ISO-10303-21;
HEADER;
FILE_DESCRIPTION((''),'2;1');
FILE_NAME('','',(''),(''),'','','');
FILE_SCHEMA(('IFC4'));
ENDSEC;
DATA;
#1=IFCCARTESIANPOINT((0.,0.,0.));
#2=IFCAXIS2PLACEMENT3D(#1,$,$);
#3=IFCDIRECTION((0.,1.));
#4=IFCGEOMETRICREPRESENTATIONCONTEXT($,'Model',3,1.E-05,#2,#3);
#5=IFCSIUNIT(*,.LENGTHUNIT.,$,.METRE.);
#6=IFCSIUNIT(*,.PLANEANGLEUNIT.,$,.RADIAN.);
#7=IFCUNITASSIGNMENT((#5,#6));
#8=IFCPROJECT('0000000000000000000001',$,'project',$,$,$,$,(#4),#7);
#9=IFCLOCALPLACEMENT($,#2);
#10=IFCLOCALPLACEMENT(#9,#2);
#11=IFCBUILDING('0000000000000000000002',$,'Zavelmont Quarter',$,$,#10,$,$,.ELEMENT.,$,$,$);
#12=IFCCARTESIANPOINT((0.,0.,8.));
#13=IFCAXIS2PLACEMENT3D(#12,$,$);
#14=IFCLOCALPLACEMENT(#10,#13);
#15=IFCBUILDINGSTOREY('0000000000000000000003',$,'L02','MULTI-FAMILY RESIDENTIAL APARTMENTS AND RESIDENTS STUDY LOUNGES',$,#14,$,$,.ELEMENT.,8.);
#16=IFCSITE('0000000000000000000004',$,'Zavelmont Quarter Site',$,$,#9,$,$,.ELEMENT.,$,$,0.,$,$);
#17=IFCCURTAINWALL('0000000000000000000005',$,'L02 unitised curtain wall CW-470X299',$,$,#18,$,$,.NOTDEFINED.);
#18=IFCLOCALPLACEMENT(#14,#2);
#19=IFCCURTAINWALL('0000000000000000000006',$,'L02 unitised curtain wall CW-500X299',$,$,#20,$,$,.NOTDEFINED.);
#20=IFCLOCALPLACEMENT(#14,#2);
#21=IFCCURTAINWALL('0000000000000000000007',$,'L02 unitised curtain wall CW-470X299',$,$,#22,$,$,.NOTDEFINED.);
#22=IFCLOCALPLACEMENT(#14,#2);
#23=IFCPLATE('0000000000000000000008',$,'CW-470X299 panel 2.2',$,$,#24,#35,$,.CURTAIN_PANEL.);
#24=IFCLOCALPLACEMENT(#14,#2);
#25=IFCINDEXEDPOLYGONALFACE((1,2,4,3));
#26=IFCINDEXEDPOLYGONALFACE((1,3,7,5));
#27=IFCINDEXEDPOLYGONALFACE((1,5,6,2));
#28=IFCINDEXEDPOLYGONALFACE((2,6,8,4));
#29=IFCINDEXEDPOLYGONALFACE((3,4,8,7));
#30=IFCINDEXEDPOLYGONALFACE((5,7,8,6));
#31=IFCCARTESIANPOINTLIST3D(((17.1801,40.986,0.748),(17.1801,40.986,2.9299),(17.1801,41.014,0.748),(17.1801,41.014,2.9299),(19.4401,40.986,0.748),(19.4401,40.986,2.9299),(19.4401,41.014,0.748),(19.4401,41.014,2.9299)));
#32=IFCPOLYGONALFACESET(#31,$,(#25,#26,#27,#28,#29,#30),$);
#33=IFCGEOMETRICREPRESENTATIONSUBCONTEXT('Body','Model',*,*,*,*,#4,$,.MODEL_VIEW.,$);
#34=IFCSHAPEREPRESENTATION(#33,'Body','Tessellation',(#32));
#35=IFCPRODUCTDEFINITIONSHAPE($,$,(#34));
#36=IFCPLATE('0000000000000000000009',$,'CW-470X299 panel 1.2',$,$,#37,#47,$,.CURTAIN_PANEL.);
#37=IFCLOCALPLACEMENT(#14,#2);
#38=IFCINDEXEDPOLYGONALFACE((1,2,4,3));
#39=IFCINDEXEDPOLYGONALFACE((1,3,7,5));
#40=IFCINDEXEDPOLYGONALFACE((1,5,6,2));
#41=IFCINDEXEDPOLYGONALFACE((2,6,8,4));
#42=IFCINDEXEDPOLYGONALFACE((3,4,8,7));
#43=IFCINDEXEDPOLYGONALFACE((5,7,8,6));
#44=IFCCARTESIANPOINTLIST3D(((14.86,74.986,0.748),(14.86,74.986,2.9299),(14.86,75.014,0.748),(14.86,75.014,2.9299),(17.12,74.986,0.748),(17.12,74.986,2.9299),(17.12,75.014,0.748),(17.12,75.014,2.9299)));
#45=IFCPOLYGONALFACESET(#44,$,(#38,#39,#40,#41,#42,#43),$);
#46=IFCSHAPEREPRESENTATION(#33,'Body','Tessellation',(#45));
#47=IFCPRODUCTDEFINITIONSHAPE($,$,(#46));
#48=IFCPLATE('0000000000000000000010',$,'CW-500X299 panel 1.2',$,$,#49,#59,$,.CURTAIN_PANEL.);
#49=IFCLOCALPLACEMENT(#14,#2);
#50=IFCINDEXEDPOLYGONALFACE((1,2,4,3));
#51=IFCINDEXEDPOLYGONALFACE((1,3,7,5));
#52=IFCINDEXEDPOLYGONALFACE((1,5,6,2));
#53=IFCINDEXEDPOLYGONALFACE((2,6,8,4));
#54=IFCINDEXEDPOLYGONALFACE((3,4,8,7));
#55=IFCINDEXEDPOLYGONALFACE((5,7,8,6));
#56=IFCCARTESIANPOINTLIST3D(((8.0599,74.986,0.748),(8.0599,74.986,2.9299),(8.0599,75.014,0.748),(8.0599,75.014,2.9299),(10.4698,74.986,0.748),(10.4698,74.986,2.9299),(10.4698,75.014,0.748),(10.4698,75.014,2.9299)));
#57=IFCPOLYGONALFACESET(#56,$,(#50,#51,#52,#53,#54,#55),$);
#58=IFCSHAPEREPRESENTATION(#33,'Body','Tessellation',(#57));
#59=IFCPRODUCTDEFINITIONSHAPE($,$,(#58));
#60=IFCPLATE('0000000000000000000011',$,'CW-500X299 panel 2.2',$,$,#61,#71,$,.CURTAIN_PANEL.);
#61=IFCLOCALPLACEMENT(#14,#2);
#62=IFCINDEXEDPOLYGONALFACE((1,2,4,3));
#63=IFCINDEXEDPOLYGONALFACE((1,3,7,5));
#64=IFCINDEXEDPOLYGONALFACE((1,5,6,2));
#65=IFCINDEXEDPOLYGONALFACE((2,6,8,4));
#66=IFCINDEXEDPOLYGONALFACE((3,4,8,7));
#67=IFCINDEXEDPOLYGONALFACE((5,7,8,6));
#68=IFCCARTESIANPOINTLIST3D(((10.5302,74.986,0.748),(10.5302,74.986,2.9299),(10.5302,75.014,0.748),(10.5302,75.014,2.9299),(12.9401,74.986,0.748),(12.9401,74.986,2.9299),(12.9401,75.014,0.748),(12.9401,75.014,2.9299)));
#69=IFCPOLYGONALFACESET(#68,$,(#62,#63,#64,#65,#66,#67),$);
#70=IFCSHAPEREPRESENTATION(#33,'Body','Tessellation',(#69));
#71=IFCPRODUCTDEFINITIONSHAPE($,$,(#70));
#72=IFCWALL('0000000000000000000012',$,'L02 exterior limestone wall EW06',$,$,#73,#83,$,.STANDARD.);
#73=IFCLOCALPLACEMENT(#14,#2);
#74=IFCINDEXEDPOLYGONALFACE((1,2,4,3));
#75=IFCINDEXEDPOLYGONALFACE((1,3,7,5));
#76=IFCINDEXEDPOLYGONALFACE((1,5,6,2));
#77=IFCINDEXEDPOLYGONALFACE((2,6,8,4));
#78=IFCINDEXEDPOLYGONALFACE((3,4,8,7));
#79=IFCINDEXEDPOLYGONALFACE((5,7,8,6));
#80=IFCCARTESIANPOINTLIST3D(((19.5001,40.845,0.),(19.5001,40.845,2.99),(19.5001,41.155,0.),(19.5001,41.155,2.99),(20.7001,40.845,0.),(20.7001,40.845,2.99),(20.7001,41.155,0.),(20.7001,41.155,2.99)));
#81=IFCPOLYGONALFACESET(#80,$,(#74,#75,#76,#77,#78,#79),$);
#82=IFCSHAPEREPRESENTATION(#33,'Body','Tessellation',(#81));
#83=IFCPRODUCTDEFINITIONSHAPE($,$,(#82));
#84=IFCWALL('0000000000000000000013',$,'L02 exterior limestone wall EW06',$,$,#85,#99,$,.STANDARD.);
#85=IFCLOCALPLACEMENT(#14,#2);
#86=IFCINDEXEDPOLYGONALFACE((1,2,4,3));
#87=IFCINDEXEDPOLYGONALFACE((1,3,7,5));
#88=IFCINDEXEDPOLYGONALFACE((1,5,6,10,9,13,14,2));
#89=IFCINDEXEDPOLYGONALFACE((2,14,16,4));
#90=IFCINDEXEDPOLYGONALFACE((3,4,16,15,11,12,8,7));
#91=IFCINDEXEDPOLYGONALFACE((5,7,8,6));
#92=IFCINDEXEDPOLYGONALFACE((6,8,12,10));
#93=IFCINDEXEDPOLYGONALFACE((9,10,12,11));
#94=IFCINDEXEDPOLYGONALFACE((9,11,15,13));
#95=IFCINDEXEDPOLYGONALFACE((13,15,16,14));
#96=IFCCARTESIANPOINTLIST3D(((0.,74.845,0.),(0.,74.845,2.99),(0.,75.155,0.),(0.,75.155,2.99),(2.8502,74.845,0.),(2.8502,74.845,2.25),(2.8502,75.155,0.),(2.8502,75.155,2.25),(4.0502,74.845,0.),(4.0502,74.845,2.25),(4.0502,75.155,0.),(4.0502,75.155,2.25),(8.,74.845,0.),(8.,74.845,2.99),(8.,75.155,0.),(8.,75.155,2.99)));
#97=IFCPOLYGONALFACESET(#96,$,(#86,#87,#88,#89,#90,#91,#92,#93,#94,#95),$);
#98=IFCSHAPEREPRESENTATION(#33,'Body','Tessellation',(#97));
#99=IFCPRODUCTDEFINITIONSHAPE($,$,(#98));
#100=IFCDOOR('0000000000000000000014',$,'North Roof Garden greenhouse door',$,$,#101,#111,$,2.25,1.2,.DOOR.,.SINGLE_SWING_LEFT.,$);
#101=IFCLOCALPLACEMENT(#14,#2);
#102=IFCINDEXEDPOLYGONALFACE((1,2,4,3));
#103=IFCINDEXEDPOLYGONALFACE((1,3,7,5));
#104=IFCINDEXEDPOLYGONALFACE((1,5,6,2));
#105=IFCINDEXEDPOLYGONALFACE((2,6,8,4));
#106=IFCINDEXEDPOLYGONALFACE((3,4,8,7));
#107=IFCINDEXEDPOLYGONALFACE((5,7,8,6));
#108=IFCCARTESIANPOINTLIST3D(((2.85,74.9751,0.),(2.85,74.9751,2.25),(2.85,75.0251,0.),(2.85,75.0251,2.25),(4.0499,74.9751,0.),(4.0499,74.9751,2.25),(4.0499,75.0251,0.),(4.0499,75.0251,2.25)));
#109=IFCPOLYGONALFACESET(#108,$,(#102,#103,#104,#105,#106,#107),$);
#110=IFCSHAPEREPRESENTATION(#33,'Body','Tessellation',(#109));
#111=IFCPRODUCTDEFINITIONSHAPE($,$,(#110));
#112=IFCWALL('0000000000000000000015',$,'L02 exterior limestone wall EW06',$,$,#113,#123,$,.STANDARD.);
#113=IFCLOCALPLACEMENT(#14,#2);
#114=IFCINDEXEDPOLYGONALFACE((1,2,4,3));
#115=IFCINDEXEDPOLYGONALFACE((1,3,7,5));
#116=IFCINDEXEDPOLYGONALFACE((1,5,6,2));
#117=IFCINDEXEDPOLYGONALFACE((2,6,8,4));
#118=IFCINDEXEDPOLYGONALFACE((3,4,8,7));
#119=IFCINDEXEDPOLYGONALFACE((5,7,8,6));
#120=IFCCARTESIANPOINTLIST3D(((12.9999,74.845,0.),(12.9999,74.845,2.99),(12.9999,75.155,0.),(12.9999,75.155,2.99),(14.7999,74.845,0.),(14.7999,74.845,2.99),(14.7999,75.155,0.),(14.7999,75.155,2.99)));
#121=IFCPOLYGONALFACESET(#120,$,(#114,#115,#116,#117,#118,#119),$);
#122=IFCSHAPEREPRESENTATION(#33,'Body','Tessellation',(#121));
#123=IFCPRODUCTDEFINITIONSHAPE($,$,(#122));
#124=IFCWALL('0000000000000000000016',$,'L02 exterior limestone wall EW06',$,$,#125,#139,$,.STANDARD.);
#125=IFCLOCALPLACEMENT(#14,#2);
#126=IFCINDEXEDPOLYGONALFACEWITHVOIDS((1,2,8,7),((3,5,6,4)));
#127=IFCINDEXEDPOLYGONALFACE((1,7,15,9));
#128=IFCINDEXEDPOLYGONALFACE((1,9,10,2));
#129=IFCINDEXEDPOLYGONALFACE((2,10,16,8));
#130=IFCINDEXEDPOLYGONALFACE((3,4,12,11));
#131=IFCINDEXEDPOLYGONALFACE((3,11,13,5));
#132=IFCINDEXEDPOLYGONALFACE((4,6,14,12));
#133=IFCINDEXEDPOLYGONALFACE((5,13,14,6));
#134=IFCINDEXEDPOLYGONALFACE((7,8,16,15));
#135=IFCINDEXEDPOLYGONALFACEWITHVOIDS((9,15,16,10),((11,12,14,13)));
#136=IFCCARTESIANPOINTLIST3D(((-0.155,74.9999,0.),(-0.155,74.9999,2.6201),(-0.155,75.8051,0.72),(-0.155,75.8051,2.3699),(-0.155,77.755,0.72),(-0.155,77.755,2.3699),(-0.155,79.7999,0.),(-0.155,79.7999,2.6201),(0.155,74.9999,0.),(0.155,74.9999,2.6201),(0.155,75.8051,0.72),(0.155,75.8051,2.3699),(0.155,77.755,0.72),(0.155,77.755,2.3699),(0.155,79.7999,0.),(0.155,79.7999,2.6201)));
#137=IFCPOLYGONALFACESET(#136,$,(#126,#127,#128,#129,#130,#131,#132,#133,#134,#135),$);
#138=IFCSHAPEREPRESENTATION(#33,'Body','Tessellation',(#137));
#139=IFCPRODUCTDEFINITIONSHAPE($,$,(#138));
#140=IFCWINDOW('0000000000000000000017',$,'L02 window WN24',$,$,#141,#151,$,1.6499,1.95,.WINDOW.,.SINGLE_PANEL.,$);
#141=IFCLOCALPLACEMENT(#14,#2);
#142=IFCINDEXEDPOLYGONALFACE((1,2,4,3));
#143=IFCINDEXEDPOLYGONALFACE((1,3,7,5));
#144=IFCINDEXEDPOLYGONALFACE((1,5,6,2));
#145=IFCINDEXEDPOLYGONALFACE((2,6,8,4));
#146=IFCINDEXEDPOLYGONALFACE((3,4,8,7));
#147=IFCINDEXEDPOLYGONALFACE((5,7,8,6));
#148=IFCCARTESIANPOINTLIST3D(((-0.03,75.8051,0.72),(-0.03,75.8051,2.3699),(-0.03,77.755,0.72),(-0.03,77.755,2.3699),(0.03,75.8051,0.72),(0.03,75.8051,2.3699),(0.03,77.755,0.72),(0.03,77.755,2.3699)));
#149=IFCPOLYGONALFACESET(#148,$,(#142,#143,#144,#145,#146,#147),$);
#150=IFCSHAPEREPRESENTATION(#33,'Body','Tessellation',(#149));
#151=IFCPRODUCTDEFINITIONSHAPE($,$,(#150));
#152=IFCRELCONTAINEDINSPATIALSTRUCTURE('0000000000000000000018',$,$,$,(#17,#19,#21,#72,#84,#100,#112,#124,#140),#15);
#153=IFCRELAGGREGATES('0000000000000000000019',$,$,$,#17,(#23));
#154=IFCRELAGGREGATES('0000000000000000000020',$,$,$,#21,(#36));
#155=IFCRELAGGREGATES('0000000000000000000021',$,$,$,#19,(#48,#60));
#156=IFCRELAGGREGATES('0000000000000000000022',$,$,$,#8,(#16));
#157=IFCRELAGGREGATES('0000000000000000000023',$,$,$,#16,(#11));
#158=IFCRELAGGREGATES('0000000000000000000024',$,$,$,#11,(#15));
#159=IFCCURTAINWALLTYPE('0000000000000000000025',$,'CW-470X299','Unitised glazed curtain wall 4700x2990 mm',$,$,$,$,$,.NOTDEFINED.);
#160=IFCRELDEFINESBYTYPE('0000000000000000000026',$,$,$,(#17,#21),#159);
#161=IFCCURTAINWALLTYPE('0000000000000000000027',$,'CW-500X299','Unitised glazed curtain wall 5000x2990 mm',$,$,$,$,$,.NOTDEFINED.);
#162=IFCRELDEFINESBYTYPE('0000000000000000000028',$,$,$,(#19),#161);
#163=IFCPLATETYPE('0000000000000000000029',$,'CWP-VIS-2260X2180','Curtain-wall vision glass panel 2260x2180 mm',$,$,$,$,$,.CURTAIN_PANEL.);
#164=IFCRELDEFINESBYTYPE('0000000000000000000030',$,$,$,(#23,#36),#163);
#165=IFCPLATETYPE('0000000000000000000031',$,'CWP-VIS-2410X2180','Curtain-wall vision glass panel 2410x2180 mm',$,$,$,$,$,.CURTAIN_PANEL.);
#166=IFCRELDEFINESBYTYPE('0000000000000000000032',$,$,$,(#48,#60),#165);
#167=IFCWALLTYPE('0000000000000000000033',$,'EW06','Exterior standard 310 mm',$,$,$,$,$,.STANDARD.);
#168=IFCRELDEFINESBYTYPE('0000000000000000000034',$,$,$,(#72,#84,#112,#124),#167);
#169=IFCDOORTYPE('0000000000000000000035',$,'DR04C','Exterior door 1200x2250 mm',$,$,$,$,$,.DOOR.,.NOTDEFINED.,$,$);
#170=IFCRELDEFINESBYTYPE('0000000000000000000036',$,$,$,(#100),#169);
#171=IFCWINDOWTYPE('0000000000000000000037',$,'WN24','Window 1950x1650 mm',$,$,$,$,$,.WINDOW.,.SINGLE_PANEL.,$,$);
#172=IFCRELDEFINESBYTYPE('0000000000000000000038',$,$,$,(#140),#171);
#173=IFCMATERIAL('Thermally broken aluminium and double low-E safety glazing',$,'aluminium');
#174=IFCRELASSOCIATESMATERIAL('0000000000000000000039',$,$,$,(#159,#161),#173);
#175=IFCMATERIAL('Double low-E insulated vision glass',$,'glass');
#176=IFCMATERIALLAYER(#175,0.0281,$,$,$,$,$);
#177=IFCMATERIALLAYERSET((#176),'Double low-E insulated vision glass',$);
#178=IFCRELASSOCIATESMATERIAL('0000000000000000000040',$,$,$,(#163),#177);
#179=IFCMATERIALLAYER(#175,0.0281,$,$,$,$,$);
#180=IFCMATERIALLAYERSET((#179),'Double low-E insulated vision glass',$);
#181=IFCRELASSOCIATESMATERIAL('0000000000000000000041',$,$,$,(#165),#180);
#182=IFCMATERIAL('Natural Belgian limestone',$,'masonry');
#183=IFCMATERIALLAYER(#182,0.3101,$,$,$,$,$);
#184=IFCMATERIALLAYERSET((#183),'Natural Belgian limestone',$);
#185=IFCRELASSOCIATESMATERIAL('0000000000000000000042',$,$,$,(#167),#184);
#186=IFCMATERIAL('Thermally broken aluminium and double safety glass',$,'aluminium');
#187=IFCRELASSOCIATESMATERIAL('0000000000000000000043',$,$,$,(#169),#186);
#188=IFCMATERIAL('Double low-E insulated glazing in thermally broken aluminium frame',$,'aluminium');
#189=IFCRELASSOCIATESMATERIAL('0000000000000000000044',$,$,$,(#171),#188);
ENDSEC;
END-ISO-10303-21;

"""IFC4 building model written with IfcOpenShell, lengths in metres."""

from ifc_helpers import new_model, si_unit, direction, frame, frame_2d, origin, origin_with_axes, origin_2d, place, context, subcontext, project, spatial, rectangle, extrude, material, layer, layer_set, type_object, element, fill, aggregate, save


model = new_model("IFC4")

# Units and contexts
model_context = context("Model", 3, precision=1e-05, world=origin(), true_north=direction((0.0, 1.0)))
body_context = subcontext(model_context, "Body", "Model", "MODEL_VIEW")
ifc_project = project(units=[si_unit("LENGTHUNIT", "METRE"), si_unit("PLANEANGLEUNIT", "RADIAN")], contexts=[model_context])

# Site, building, storey
site_placement = place(None, origin())
site = spatial("IfcSite", under=ifc_project, at=site_placement, Name="Zavelmont Quarter Site", CompositionType="ELEMENT", RefElevation=0.0)
building_placement = place(site_placement, origin())
building = spatial("IfcBuilding", under=site, at=building_placement, Name="Zavelmont Quarter", CompositionType="ELEMENT")
storey_placement = place(building_placement, frame((0.0, 0.0, 8.0)))
storey = spatial("IfcBuildingStorey", under=building, at=storey_placement, Name="L02", Description="MULTI-FAMILY RESIDENTIAL APARTMENTS AND RESIDENTS STUDY LOUNGES", CompositionType="ELEMENT", Elevation=8.0)

# Curtain wall
ifc_material_1 = material(Name="Thermally broken aluminium and double low-E safety glazing", Category="aluminium")
curtain_wall_type_1 = type_object("IfcCurtainWallType", Name="CW-470X299", Description="Unitised glazed curtain wall 4700x2990 mm", PredefinedType="NOTDEFINED", material=ifc_material_1)
curtain_wall_1_placement = place(storey_placement, origin())
curtain_wall_1 = element("IfcCurtainWall", 1, at=curtain_wall_1_placement, inside=storey, type_object=curtain_wall_type_1, Name="L02 unitised curtain wall CW-470X299", PredefinedType="NOTDEFINED")

# Curtain walls
curtain_wall_type_2 = type_object("IfcCurtainWallType", Name="CW-500X299", Description="Unitised glazed curtain wall 5000x2990 mm", PredefinedType="NOTDEFINED", material=ifc_material_1)
curtain_wall_2_placement = place(storey_placement, origin())
curtain_wall_2 = element("IfcCurtainWall", 2, at=curtain_wall_2_placement, inside=storey, type_object=curtain_wall_type_2, Name="L02 unitised curtain wall CW-500X299", PredefinedType="NOTDEFINED")
curtain_wall_3_placement = place(storey_placement, origin())
curtain_wall_3 = element("IfcCurtainWall", 3, at=curtain_wall_3_placement, inside=storey, type_object=curtain_wall_type_1, Name="L02 unitised curtain wall CW-470X299", PredefinedType="NOTDEFINED")

# Plates
ifc_material_2 = material(Name="Double low-E insulated vision glass", Category="glass")
ifc_layer_1 = layer(ifc_material_2, 0.0281)
ifc_layer_set_1 = layer_set([ifc_layer_1], Name="Double low-E insulated vision glass")
plate_type_1 = type_object("IfcPlateType", Name="CWP-VIS-2260X2180", Description="Curtain-wall vision glass panel 2260x2180 mm", PredefinedType="CURTAIN_PANEL", material=ifc_layer_set_1)
plate_1_placement = place(storey_placement, frame((18.3101, 41.0, 0.748), z_axis=(0.0, 0.0, 1.0), x_axis=(1.0, 0.0, 0.0)))
plate_1 = element("IfcPlate", 4, at=plate_1_placement, type_object=plate_type_1, Name="CW-470X299 panel 2.2", PredefinedType="CURTAIN_PANEL", context=body_context, shape_type="SweptSolid", body=[
    extrude(rectangle(XDim=2.26, YDim=0.0281, at=origin_2d()), origin(), (0.0, 0.0, 1.0), 2.1819),
])
aggregate(curtain_wall_1, [plate_1])
plate_2_placement = place(storey_placement, frame((15.99, 75.0, 0.748), z_axis=(0.0, 0.0, 1.0), x_axis=(1.0, 0.0, 0.0)))
plate_2 = element("IfcPlate", 5, at=plate_2_placement, type_object=plate_type_1, Name="CW-470X299 panel 1.2", PredefinedType="CURTAIN_PANEL", context=body_context, shape_type="SweptSolid", body=[
    extrude(rectangle(XDim=2.26, YDim=0.0281, at=origin_2d()), origin(), (0.0, 0.0, 1.0), 2.1819),
])
aggregate(curtain_wall_3, [plate_2])
ifc_layer_2 = layer(ifc_material_2, 0.0281)
ifc_layer_set_2 = layer_set([ifc_layer_2], Name="Double low-E insulated vision glass")
plate_type_2 = type_object("IfcPlateType", Name="CWP-VIS-2410X2180", Description="Curtain-wall vision glass panel 2410x2180 mm", PredefinedType="CURTAIN_PANEL", material=ifc_layer_set_2)
plate_3_placement = place(storey_placement, frame((9.2649, 75.0, 0.748), z_axis=(0.0, 0.0, 1.0), x_axis=(1.0, 0.0, 0.0)))
plate_3 = element("IfcPlate", 6, at=plate_3_placement, type_object=plate_type_2, Name="CW-500X299 panel 1.2", PredefinedType="CURTAIN_PANEL", context=body_context, shape_type="SweptSolid", body=[
    extrude(rectangle(XDim=2.4099, YDim=0.0281, at=origin_2d()), origin(), (0.0, 0.0, 1.0), 2.1819),
])
plate_4_placement = place(storey_placement, frame((11.7351, 75.0, 0.748), z_axis=(0.0, 0.0, 1.0), x_axis=(1.0, 0.0, 0.0)))
plate_4 = element("IfcPlate", 7, at=plate_4_placement, type_object=plate_type_2, Name="CW-500X299 panel 2.2", PredefinedType="CURTAIN_PANEL", context=body_context, shape_type="SweptSolid", body=[
    extrude(rectangle(XDim=2.4099, YDim=0.0281, at=origin_2d()), origin(), (0.0, 0.0, 1.0), 2.1819),
])
aggregate(curtain_wall_2, [plate_3, plate_4])

# Wall
ifc_material_3 = material(Name="Natural Belgian limestone", Category="masonry")
ifc_layer_3 = layer(ifc_material_3, 0.3101)
ifc_layer_set_3 = layer_set([ifc_layer_3], Name="Natural Belgian limestone")
wall_type = type_object("IfcWallType", Name="EW06", Description="Exterior standard 310 mm", PredefinedType="STANDARD", material=ifc_layer_set_3)
wall_1_placement = place(storey_placement, frame((19.5, 41.0, 0.0), z_axis=(0.0, 0.0, 1.0), x_axis=(1.0, 0.0, 0.0)))
element("IfcWall", 8, at=wall_1_placement, inside=storey, type_object=wall_type, Name="L02 exterior limestone wall EW06", PredefinedType="STANDARD", context=body_context, shape_type="SweptSolid", body=[
    extrude(rectangle(XDim=1.2, YDim=0.3101, at=frame_2d((0.6001, 0.0))), origin(), (0.0, 0.0, 1.0), 2.99),
])

# Wall, opening, door
wall_2_placement = place(storey_placement, frame((0.0, 75.0, 0.0), z_axis=(0.0, 0.0, 1.0), x_axis=(1.0, 0.0, 0.0)))
wall_2 = element("IfcWall", 9, at=wall_2_placement, inside=storey, type_object=wall_type, Name="L02 exterior limestone wall EW06", PredefinedType="STANDARD", context=body_context, shape_type="SweptSolid", body=[
    extrude(rectangle(XDim=8.0, YDim=0.3101, at=frame_2d((4.0, 0.0))), origin(), (0.0, 0.0, 1.0), 2.99),
])
opening_1_placement = place(wall_2_placement, frame((2.8501, 0.0, 0.0)))
opening_1 = element("IfcOpeningElement", 10, at=opening_1_placement, cuts=wall_2, PredefinedType="OPENING", context=body_context, shape_type="SweptSolid", body=[
    extrude(rectangle(XDim=1.2, YDim=2.25, at=frame_2d((0.6001, 1.125))), frame((0.0, 0.167, 0.0), z_axis=(0.0, -1.0, 0.0), x_axis=(1.0, 0.0, 0.0)), (0.0, 0.0, 1.0), 0.334),
])
ifc_material_4 = material(Name="Thermally broken aluminium and double safety glass", Category="aluminium")
door_type = type_object("IfcDoorType", Name="DR04C", Description="Exterior door 1200x2250 mm", OperationType="NOTDEFINED", PredefinedType="DOOR", material=ifc_material_4)
door_placement = place(opening_1_placement, frame((1.2, 0.0, 0.0), z_axis=(0.0, 0.0, 1.0), x_axis=(-1.0, 0.0, 0.0)))
door = element("IfcDoor", 11, at=door_placement, inside=storey, type_object=door_type, Name="North Roof Garden greenhouse door", OperationType="SINGLE_SWING_LEFT", OverallHeight=2.25, OverallWidth=1.2, PredefinedType="DOOR", context=body_context, shape_type="SweptSolid", body=[
    extrude(rectangle(XDim=1.2, YDim=2.25, at=frame_2d((0.6001, 1.125))), frame((0.0, 0.0249, 0.0), z_axis=(0.0, -1.0, 0.0), x_axis=(1.0, 0.0, 0.0)), (0.0, 0.0, 1.0), 0.05),
])
fill(opening_1, door)

# Wall
wall_3_placement = place(storey_placement, frame((13.0, 75.0, 0.0), z_axis=(0.0, 0.0, 1.0), x_axis=(1.0, 0.0, 0.0)))
element("IfcWall", 12, at=wall_3_placement, inside=storey, type_object=wall_type, Name="L02 exterior limestone wall EW06", PredefinedType="STANDARD", context=body_context, shape_type="SweptSolid", body=[
    extrude(rectangle(XDim=1.8, YDim=0.3101, at=frame_2d((0.8999, 0.0))), origin(), (0.0, 0.0, 1.0), 2.99),
])

# Wall, opening, window
wall_4_placement = place(storey_placement, frame((0.0, 75.0, 0.0), z_axis=(0.0, 0.0, 1.0), x_axis=(0.0, 1.0, 0.0)))
wall_4 = element("IfcWall", 13, at=wall_4_placement, inside=storey, type_object=wall_type, Name="L02 exterior limestone wall EW06", PredefinedType="STANDARD", context=body_context, shape_type="SweptSolid", body=[
    extrude(rectangle(XDim=4.8, YDim=0.3101, at=frame_2d((2.3999, 0.0))), origin(), (0.0, 0.0, 1.0), 2.6201),
])
opening_2_placement = place(wall_4_placement, frame((0.8049, 0.0, 0.72)))
opening_2 = element("IfcOpeningElement", 14, at=opening_2_placement, cuts=wall_4, PredefinedType="OPENING", context=body_context, shape_type="SweptSolid", body=[
    extrude(rectangle(XDim=1.95, YDim=1.6499, at=frame_2d((0.9751, 0.825))), frame((0.0, 0.167, 0.0), z_axis=(0.0, -1.0, 0.0), x_axis=(1.0, 0.0, 0.0)), (0.0, 0.0, 1.0), 0.334),
])
ifc_material_5 = material(Name="Double low-E insulated glazing in thermally broken aluminium frame", Category="aluminium")
window_type = type_object("IfcWindowType", Name="WN24", Description="Window 1950x1650 mm", PartitioningType="SINGLE_PANEL", PredefinedType="WINDOW", material=ifc_material_5)
window_placement = place(opening_2_placement, origin_with_axes())
window = element("IfcWindow", 15, at=window_placement, inside=storey, type_object=window_type, Name="L02 window WN24", OverallHeight=1.6499, OverallWidth=1.95, PartitioningType="SINGLE_PANEL", PredefinedType="WINDOW", context=body_context, shape_type="SweptSolid", body=[
    extrude(rectangle(XDim=1.95, YDim=1.6499, at=frame_2d((0.9751, 0.825))), frame((0.0, 0.03, 0.0), z_axis=(0.0, -1.0, 0.0), x_axis=(1.0, 0.0, 0.0)), (0.0, 0.0, 1.0), 0.0601),
])
fill(opening_2, window)

save(model, "model.ifc")
